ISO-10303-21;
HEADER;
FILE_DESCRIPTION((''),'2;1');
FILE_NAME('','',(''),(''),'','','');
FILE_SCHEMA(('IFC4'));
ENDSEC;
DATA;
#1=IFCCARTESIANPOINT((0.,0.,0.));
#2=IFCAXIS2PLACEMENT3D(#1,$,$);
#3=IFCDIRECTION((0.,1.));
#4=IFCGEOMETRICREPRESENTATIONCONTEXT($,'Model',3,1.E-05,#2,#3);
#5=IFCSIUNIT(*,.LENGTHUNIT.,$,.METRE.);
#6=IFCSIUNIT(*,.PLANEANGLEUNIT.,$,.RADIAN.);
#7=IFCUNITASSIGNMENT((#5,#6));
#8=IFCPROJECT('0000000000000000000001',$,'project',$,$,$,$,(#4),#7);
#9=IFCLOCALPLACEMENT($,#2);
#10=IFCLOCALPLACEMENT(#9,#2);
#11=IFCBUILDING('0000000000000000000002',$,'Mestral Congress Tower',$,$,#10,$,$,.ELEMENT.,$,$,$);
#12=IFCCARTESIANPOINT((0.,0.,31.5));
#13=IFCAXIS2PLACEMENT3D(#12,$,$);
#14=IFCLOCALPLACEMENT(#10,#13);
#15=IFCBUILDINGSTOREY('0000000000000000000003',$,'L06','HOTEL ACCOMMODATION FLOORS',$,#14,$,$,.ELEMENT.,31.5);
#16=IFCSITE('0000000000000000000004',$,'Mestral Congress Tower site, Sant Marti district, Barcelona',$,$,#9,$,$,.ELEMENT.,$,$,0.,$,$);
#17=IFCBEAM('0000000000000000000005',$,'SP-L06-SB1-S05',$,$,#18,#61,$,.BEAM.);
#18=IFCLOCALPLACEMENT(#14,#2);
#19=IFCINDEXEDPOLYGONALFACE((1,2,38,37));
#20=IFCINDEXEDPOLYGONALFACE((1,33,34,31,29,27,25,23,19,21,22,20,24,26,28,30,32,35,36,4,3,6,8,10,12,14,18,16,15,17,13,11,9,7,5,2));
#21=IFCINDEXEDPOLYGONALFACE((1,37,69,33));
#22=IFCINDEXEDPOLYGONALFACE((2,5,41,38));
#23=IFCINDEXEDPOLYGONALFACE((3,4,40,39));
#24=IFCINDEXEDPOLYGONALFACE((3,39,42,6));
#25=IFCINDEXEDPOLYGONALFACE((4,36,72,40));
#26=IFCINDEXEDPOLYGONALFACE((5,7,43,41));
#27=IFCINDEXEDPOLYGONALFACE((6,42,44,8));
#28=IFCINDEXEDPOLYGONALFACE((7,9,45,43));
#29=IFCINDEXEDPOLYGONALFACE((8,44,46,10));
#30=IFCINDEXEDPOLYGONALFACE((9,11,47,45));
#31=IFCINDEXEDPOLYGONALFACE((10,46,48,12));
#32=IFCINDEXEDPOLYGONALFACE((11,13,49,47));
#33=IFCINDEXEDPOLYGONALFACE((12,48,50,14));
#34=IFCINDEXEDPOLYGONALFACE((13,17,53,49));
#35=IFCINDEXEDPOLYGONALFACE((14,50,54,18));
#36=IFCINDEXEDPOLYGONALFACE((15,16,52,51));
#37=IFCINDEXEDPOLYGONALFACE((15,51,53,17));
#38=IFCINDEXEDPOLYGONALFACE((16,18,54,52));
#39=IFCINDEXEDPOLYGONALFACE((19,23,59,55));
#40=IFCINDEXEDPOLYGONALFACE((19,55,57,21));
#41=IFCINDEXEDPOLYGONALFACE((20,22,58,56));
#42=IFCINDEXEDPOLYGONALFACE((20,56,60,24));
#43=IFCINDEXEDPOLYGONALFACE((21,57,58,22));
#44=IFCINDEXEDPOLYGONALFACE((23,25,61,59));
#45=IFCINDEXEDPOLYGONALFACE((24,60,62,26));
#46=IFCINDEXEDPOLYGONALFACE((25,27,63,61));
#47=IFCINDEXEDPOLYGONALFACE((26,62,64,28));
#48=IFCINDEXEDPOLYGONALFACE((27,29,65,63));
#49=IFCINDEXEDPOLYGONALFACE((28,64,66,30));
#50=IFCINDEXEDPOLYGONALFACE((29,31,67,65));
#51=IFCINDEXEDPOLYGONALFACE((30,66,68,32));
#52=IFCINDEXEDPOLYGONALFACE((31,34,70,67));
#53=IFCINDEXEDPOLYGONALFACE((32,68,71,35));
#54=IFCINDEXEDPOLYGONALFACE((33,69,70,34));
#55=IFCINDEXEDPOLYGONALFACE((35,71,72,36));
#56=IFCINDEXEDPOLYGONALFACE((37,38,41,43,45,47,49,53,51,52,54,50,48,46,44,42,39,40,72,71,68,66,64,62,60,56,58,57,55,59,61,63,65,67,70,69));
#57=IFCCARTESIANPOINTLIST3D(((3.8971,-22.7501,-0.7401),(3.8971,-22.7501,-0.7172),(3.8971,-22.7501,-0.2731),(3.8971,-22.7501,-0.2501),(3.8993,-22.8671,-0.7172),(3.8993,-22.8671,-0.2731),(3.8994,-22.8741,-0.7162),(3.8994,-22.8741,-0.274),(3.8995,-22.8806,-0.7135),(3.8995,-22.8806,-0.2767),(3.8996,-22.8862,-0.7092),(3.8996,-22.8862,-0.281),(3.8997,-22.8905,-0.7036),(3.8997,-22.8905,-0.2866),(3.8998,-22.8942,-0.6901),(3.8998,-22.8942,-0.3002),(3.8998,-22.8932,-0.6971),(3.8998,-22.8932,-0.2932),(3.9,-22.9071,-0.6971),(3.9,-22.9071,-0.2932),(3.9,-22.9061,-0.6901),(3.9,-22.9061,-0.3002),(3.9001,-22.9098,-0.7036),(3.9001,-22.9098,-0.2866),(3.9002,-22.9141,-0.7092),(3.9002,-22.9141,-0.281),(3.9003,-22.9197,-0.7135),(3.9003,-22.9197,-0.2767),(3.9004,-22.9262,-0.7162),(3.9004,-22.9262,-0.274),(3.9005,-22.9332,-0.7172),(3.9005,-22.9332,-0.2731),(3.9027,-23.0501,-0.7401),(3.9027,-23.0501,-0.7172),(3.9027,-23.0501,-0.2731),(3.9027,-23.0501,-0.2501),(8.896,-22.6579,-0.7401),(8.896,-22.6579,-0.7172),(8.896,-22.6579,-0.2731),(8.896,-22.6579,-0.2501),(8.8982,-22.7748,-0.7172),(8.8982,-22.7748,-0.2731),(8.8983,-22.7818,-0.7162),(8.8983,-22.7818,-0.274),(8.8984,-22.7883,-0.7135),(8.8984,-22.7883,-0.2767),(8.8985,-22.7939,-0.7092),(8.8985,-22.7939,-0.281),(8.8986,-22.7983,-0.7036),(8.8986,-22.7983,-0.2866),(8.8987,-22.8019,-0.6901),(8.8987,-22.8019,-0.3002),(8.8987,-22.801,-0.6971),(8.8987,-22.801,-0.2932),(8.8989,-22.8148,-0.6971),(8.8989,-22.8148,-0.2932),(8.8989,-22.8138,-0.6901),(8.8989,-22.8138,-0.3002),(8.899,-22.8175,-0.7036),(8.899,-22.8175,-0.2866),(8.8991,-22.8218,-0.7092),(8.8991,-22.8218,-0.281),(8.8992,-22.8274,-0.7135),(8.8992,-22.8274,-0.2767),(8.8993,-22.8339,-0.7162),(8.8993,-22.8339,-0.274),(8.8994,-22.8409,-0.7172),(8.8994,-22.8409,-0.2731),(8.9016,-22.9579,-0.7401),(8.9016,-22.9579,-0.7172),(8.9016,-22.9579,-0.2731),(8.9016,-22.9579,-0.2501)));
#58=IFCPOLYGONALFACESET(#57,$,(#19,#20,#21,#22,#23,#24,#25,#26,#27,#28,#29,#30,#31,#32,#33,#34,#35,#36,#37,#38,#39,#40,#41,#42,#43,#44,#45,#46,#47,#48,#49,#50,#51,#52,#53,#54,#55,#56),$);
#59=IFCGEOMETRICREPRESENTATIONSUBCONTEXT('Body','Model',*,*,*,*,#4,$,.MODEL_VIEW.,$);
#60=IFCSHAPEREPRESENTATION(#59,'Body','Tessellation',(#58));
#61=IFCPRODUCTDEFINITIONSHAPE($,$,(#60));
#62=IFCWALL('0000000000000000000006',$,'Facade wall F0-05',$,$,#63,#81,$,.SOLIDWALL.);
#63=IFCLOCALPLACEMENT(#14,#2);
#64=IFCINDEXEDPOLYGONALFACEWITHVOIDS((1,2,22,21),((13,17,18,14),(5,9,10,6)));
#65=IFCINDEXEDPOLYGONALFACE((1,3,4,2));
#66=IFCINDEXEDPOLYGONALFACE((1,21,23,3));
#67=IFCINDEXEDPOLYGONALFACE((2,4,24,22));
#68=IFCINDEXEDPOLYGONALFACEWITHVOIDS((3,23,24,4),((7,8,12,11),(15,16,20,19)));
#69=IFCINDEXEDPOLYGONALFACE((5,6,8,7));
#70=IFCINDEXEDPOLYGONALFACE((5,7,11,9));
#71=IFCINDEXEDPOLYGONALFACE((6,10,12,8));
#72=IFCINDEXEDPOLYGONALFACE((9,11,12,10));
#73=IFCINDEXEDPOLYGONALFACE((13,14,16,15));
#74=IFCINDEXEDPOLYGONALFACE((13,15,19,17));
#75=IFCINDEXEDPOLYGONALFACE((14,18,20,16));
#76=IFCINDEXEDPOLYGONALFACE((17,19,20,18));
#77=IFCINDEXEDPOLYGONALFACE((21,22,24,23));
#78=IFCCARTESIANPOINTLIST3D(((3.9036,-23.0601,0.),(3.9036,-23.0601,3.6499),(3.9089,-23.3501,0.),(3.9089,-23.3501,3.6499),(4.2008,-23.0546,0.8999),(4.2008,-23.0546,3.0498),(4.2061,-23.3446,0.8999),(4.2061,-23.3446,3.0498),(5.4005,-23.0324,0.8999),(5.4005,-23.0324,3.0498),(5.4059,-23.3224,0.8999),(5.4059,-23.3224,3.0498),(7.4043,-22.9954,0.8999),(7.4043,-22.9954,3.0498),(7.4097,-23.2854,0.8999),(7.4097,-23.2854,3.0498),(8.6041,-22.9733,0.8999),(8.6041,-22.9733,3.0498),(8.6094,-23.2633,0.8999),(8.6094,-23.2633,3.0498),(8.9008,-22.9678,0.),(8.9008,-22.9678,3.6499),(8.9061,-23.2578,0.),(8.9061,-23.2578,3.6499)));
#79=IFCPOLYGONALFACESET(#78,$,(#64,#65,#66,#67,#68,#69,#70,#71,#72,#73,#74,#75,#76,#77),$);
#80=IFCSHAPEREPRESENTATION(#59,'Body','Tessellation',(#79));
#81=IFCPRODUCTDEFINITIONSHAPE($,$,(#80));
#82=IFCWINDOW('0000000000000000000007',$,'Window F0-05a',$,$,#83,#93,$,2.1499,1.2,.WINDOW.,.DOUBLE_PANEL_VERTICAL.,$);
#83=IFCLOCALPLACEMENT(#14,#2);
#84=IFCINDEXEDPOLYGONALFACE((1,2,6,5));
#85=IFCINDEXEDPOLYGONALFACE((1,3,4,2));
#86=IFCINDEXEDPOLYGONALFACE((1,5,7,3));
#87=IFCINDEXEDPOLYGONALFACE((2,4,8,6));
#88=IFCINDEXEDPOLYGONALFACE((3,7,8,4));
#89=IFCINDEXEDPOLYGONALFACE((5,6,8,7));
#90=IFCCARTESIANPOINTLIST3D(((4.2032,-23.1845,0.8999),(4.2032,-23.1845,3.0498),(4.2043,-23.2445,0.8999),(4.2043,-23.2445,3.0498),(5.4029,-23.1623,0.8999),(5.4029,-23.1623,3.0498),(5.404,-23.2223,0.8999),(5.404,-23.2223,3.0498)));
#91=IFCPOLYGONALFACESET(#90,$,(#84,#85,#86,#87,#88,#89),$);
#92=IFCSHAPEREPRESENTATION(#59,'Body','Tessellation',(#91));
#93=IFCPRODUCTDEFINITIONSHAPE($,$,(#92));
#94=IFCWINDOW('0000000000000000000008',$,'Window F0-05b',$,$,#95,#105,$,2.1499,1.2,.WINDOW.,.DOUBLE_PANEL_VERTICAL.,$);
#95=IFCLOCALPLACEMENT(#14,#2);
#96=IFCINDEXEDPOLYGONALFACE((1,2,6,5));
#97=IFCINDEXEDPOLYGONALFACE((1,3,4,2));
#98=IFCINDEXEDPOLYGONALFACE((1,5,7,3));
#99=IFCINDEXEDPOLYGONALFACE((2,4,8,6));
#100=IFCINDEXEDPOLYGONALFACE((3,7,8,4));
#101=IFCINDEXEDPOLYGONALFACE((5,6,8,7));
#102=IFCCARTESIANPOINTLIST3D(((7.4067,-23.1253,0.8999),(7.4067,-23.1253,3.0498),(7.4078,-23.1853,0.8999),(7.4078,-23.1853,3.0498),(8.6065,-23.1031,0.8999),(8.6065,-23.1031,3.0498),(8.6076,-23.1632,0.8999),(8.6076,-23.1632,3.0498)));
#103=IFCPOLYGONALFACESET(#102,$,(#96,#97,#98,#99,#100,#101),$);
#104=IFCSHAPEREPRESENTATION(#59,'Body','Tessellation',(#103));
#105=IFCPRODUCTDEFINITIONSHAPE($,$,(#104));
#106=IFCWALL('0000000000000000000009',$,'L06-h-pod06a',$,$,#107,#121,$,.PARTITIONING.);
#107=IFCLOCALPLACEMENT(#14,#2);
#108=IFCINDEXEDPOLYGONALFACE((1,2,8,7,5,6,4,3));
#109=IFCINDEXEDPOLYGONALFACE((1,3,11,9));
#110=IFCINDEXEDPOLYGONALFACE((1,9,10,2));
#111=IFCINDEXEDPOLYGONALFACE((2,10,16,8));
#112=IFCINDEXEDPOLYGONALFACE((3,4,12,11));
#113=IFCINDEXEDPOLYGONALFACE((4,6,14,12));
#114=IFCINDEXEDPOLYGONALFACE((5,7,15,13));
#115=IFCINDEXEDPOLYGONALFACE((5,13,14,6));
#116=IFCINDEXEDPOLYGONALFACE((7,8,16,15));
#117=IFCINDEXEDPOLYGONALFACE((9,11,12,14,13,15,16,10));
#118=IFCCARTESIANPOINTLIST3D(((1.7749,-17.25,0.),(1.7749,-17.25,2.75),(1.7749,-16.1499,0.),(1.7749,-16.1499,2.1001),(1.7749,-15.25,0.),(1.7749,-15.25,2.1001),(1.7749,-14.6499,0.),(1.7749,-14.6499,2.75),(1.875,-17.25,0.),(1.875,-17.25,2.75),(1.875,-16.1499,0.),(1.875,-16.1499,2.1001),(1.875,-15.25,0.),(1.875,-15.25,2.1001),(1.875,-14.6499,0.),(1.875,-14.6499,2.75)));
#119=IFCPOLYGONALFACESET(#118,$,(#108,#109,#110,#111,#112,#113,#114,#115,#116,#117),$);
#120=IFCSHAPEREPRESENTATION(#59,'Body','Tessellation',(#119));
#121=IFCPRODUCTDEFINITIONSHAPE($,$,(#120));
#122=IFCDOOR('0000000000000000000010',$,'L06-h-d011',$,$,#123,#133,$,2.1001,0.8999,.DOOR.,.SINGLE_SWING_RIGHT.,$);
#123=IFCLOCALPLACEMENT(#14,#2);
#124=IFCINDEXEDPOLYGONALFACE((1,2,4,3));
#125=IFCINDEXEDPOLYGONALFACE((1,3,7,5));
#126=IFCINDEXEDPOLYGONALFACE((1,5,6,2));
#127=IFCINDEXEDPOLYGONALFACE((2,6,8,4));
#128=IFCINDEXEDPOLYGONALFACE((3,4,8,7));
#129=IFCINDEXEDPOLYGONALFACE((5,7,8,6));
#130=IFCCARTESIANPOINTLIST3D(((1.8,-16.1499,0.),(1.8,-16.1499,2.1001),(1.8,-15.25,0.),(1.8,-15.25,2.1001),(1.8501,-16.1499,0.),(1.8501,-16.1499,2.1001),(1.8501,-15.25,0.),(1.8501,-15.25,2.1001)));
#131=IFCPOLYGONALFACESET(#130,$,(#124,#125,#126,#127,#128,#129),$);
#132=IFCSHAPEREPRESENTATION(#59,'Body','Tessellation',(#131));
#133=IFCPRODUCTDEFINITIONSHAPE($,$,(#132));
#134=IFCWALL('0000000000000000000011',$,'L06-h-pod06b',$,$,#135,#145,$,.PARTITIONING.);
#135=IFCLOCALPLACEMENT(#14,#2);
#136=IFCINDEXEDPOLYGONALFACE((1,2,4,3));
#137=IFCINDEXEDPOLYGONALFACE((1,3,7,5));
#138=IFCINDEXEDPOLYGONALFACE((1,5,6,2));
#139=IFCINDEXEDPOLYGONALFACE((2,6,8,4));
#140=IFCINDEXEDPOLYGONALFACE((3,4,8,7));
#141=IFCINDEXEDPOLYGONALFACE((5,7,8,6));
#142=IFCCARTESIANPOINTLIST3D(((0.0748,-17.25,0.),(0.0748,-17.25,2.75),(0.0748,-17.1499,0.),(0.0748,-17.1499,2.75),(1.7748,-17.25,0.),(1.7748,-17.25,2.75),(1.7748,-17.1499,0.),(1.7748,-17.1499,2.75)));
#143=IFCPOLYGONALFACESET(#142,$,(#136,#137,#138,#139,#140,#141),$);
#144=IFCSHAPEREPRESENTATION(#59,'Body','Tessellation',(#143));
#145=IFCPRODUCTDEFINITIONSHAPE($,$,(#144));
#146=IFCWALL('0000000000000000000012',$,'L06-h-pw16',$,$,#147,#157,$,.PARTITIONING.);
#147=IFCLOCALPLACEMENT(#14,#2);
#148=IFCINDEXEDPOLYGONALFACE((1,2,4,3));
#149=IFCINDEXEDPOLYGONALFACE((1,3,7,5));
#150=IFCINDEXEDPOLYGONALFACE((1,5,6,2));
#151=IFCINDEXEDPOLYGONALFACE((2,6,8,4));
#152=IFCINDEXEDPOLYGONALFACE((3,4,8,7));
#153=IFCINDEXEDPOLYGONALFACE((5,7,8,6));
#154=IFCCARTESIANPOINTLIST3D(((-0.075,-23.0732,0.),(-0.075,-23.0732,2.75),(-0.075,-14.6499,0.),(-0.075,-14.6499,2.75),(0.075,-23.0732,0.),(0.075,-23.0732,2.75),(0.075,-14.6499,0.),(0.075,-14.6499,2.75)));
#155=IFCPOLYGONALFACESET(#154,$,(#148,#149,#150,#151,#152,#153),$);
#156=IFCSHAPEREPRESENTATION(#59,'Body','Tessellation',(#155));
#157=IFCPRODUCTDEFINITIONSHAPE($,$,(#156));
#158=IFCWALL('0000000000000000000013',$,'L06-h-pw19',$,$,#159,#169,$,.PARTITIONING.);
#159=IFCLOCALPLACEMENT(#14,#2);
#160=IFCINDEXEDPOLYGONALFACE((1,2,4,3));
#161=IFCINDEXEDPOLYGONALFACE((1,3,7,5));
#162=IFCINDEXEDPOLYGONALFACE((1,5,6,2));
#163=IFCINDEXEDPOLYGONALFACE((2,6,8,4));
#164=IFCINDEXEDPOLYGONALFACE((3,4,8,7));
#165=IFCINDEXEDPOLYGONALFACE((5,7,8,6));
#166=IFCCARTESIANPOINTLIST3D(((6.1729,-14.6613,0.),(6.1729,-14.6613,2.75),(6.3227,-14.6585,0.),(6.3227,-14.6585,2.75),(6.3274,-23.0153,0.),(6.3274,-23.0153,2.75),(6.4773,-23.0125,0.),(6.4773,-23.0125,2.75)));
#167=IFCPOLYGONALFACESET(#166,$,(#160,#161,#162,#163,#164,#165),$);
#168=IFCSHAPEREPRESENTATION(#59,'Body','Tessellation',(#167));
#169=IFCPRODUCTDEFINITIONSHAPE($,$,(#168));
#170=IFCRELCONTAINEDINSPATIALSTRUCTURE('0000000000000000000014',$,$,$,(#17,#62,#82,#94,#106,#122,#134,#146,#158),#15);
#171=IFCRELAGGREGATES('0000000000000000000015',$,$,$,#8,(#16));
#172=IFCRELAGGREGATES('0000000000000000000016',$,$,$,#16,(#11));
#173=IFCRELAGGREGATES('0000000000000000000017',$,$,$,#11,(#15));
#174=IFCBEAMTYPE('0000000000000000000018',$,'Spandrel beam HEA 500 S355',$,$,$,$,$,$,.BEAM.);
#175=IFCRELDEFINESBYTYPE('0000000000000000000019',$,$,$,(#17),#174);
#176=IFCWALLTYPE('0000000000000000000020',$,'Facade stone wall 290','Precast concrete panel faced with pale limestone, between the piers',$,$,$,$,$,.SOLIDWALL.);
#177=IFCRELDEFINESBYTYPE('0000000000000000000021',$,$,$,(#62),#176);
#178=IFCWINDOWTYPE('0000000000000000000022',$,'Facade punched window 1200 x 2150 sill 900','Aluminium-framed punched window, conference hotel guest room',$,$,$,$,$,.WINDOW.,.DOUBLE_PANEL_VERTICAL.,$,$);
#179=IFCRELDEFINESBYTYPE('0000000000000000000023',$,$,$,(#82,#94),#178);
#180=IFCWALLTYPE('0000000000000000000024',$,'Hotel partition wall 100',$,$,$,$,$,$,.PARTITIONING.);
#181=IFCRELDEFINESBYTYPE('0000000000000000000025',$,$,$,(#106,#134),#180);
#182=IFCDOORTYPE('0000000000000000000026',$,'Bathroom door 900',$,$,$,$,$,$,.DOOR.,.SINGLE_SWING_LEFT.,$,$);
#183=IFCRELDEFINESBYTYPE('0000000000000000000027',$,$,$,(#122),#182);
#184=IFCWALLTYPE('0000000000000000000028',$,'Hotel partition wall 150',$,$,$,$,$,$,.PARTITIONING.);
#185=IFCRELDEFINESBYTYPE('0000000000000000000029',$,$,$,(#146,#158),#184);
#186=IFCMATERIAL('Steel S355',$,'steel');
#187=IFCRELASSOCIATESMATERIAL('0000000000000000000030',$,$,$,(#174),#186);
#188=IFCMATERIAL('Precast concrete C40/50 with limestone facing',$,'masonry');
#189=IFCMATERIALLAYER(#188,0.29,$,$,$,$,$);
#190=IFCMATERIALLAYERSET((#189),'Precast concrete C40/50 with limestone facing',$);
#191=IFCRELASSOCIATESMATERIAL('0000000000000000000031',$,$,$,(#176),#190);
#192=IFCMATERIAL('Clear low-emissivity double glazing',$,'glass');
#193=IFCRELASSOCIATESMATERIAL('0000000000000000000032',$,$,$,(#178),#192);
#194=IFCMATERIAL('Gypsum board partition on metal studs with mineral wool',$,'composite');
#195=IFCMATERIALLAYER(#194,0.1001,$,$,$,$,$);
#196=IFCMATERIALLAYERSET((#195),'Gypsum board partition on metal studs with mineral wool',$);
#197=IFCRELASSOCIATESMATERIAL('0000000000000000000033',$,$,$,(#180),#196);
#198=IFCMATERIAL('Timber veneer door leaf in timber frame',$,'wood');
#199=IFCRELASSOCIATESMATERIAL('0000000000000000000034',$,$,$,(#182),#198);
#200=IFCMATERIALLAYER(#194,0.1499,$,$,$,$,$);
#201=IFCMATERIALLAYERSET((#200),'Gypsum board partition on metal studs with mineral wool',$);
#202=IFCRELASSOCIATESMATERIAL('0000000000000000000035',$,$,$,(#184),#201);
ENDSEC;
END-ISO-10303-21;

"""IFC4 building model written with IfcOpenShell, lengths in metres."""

from ifc_helpers import new_model, si_unit, direction, frame, frame_2d, origin, origin_2d, place, context, subcontext, project, spatial, rectangle, i_section, extrude, material, layer, layer_set, material_profile, profile_set, type_object, element, fill, save


model = new_model("IFC4")

# Units and contexts
model_context = context("Model", 3, precision=1e-05, world=origin(), true_north=direction((0.0, 1.0)))
body_context = subcontext(model_context, "Body", "Model", "MODEL_VIEW")
ifc_project = project(units=[si_unit("LENGTHUNIT", "METRE"), si_unit("PLANEANGLEUNIT", "RADIAN")], contexts=[model_context])

# Site, building, storey
site_placement = place(None, origin())
site = spatial("IfcSite", under=ifc_project, at=site_placement, Name="Mestral Congress Tower site, Sant Marti district, Barcelona", CompositionType="ELEMENT", RefElevation=0.0)
building_placement = place(site_placement, origin())
building = spatial("IfcBuilding", under=site, at=building_placement, Name="Mestral Congress Tower", CompositionType="ELEMENT")
storey_placement = place(building_placement, frame((0.0, 0.0, 31.5)))
storey = spatial("IfcBuildingStorey", under=building, at=storey_placement, Name="L06", Description="HOTEL ACCOMMODATION FLOORS", CompositionType="ELEMENT", Elevation=31.5)

# Beam
ifc_material_1 = material(Name="Steel S355", Category="steel")
ifc_material_profile_1 = material_profile(ifc_material_1, i_section(OverallWidth=0.3, OverallDepth=0.49, WebThickness=0.012, FlangeThickness=0.0229, FilletRadius=0.0271, at=origin_2d()), Name="HEA 500")
ifc_profile_set_1 = profile_set([ifc_material_profile_1], Name="Steel S355")
beam_type_1 = type_object("IfcBeamType", Name="Spandrel beam HEA 500 S355", PredefinedType="BEAM", material=ifc_profile_set_1)
beam_1_placement = place(storey_placement, frame((3.8999, -22.9001, -0.4951), z_axis=(0.99983, 0.018457, 0.0), x_axis=(-0.018457, 0.99983, 0.0)))
element("IfcBeam", 1, at=beam_1_placement, inside=storey, type_object=beam_type_1, Name="SP-L06-SB1-S05", PredefinedType="BEAM", context=body_context, shape_type="SweptSolid", body=[
    extrude(i_section(OverallWidth=0.3, OverallDepth=0.49, WebThickness=0.012, FlangeThickness=0.0229, FilletRadius=0.0271, at=origin_2d()), origin(), (0.0, 0.0, 1.0), 4.9998),
])

# Wall, openings, windows
ifc_material_2 = material(Name="Precast concrete C40/50 with limestone facing", Category="masonry")
ifc_layer_1 = layer(ifc_material_2, 0.29)
ifc_layer_set_1 = layer_set([ifc_layer_1], Name="Precast concrete C40/50 with limestone facing")
wall_type_1 = type_object("IfcWallType", Name="Facade stone wall 290", Description="Precast concrete panel faced with pale limestone, between the piers", PredefinedType="SOLIDWALL", material=ifc_layer_set_1)
wall_1_placement = place(storey_placement, frame((3.9062, -23.2051, 0.0), z_axis=(0.0, 0.0, 1.0), x_axis=(0.99983, 0.018464, 0.0)))
wall_1 = element("IfcWall", 2, at=wall_1_placement, inside=storey, type_object=wall_type_1, Name="Facade wall F0-05", PredefinedType="SOLIDWALL", context=body_context, shape_type="SweptSolid", body=[
    extrude(rectangle(XDim=4.998, YDim=0.29, at=frame_2d((2.499, 0.0))), origin(), (0.0, 0.0, 1.0), 3.6499),
])
opening_1_placement = place(wall_1_placement, frame((0.2971, 0.0, 0.8999)))
opening_1 = element("IfcOpeningElement", 3, at=opening_1_placement, cuts=wall_1, PredefinedType="OPENING", context=body_context, shape_type="SweptSolid", body=[
    extrude(rectangle(XDim=1.2, YDim=2.1499, at=frame_2d((0.6001, 1.075))), frame((0.0, 0.155, 0.0), z_axis=(0.0, -1.0, 0.0), x_axis=(1.0, 0.0, 0.0)), (0.0, 0.0, 1.0), 0.3101),
])
opening_2_placement = place(wall_1_placement, frame((3.5012, 0.0, 0.8999)))
opening_2 = element("IfcOpeningElement", 4, at=opening_2_placement, cuts=wall_1, PredefinedType="OPENING", context=body_context, shape_type="SweptSolid", body=[
    extrude(rectangle(XDim=1.2, YDim=2.1499, at=frame_2d((0.6001, 1.075))), frame((0.0, 0.155, 0.0), z_axis=(0.0, -1.0, 0.0), x_axis=(1.0, 0.0, 0.0)), (0.0, 0.0, 1.0), 0.3101),
])
ifc_material_3 = material(Name="Clear low-emissivity double glazing", Category="glass")
window_type = type_object("IfcWindowType", Name="Facade punched window 1200 x 2150 sill 900", Description="Aluminium-framed punched window, conference hotel guest room", PartitioningType="DOUBLE_PANEL_VERTICAL", PredefinedType="WINDOW", material=ifc_material_3)
window_1_placement = place(opening_1_placement, origin())
window_1 = element("IfcWindow", 5, at=window_1_placement, inside=storey, type_object=window_type, Name="Window F0-05a", OverallHeight=2.1499, OverallWidth=1.2, PartitioningType="DOUBLE_PANEL_VERTICAL", PredefinedType="WINDOW", context=body_context, shape_type="SweptSolid", body=[
    extrude(rectangle(XDim=1.2, YDim=2.1499, at=frame_2d((0.6001, 1.075))), frame((0.0, 0.0151, 0.0), z_axis=(0.0, -1.0, 0.0), x_axis=(1.0, 0.0, 0.0)), (0.0, 0.0, 1.0), 0.0601),
])
fill(opening_1, window_1)
window_2_placement = place(opening_2_placement, origin())
window_2 = element("IfcWindow", 6, at=window_2_placement, inside=storey, type_object=window_type, Name="Window F0-05b", OverallHeight=2.1499, OverallWidth=1.2, PartitioningType="DOUBLE_PANEL_VERTICAL", PredefinedType="WINDOW", context=body_context, shape_type="SweptSolid", body=[
    extrude(rectangle(XDim=1.2, YDim=2.1499, at=frame_2d((0.6001, 1.075))), frame((0.0, 0.0151, 0.0), z_axis=(0.0, -1.0, 0.0), x_axis=(1.0, 0.0, 0.0)), (0.0, 0.0, 1.0), 0.0601),
])
fill(opening_2, window_2)

# Wall, opening, door
ifc_material_4 = material(Name="Gypsum board partition on metal studs with mineral wool", Category="composite")
ifc_layer_2 = layer(ifc_material_4, 0.1001)
ifc_layer_set_2 = layer_set([ifc_layer_2], Name="Gypsum board partition on metal studs with mineral wool")
wall_type_2 = type_object("IfcWallType", Name="Hotel partition wall 100", PredefinedType="PARTITIONING", material=ifc_layer_set_2)
wall_2_placement = place(storey_placement, frame((1.825, -17.25, 0.0), z_axis=(0.0, 0.0, 1.0), x_axis=(0.0, 1.0, 0.0)))
wall_2 = element("IfcWall", 7, at=wall_2_placement, inside=storey, type_object=wall_type_2, Name="L06-h-pod06a", PredefinedType="PARTITIONING", context=body_context, shape_type="SweptSolid", body=[
    extrude(rectangle(XDim=2.6001, YDim=0.1001, at=frame_2d((1.3, 0.0))), origin(), (0.0, 0.0, 1.0), 2.75),
])
opening_3_placement = place(wall_2_placement, frame((1.1001, 0.0, 0.0)))
opening_3 = element("IfcOpeningElement", 8, at=opening_3_placement, cuts=wall_2, PredefinedType="OPENING", context=body_context, shape_type="SweptSolid", body=[
    extrude(rectangle(XDim=0.8999, YDim=2.1001, at=frame_2d((0.45, 1.05))), frame((0.0, 0.0601, 0.0), z_axis=(0.0, -1.0, 0.0), x_axis=(1.0, 0.0, 0.0)), (0.0, 0.0, 1.0), 0.1201),
])
ifc_material_5 = material(Name="Timber veneer door leaf in timber frame", Category="wood")
door_type = type_object("IfcDoorType", Name="Bathroom door 900", OperationType="SINGLE_SWING_LEFT", PredefinedType="DOOR", material=ifc_material_5)
door_placement = place(opening_3_placement, origin())
door = element("IfcDoor", 9, at=door_placement, inside=storey, type_object=door_type, Name="L06-h-d011", OperationType="SINGLE_SWING_RIGHT", OverallHeight=2.1001, OverallWidth=0.8999, PredefinedType="DOOR", context=body_context, shape_type="SweptSolid", body=[
    extrude(rectangle(XDim=0.8999, YDim=2.1001, at=frame_2d((0.45, 1.05))), frame((0.0, 0.0249, 0.0), z_axis=(0.0, -1.0, 0.0), x_axis=(1.0, 0.0, 0.0)), (0.0, 0.0, 1.0), 0.05),
])
fill(opening_3, door)

# Walls
wall_3_placement = place(storey_placement, frame((1.7749, -17.2, 0.0), z_axis=(0.0, 0.0, 1.0), x_axis=(-1.0, 0.0, 0.0)))
element("IfcWall", 10, at=wall_3_placement, inside=storey, type_object=wall_type_2, Name="L06-h-pod06b", PredefinedType="PARTITIONING", context=body_context, shape_type="SweptSolid", body=[
    extrude(rectangle(XDim=1.7, YDim=0.1001, at=frame_2d((0.8501, 0.0))), origin(), (0.0, 0.0, 1.0), 2.75),
])
ifc_layer_3 = layer(ifc_material_4, 0.1499)
ifc_layer_set_3 = layer_set([ifc_layer_3], Name="Gypsum board partition on metal studs with mineral wool")
wall_type_3 = type_object("IfcWallType", Name="Hotel partition wall 150", PredefinedType="PARTITIONING", material=ifc_layer_set_3)
wall_4_placement = place(storey_placement, frame((0.0, -23.0732, 0.0), z_axis=(0.0, 0.0, 1.0), x_axis=(0.0, 1.0, 0.0)))
element("IfcWall", 11, at=wall_4_placement, inside=storey, type_object=wall_type_3, Name="L06-h-pw16", PredefinedType="PARTITIONING", context=body_context, shape_type="SweptSolid", body=[
    extrude(rectangle(XDim=8.4233, YDim=0.1499, at=frame_2d((4.2117, 0.0))), origin(), (0.0, 0.0, 1.0), 2.75),
])
wall_5_placement = place(storey_placement, frame((6.4023, -23.0139, 0.0), z_axis=(0.0, 0.0, 1.0), x_axis=(-0.018496, 0.999829, 0.0)))
element("IfcWall", 12, at=wall_5_placement, inside=storey, type_object=wall_type_3, Name="L06-h-pw19", PredefinedType="PARTITIONING", context=body_context, shape_type="SweptSolid", body=[
    extrude(rectangle(XDim=8.3555, YDim=0.1499, at=frame_2d((4.1777, 0.0))), origin(), (0.0, 0.0, 1.0), 2.75),
])

save(model, "model.ifc")
